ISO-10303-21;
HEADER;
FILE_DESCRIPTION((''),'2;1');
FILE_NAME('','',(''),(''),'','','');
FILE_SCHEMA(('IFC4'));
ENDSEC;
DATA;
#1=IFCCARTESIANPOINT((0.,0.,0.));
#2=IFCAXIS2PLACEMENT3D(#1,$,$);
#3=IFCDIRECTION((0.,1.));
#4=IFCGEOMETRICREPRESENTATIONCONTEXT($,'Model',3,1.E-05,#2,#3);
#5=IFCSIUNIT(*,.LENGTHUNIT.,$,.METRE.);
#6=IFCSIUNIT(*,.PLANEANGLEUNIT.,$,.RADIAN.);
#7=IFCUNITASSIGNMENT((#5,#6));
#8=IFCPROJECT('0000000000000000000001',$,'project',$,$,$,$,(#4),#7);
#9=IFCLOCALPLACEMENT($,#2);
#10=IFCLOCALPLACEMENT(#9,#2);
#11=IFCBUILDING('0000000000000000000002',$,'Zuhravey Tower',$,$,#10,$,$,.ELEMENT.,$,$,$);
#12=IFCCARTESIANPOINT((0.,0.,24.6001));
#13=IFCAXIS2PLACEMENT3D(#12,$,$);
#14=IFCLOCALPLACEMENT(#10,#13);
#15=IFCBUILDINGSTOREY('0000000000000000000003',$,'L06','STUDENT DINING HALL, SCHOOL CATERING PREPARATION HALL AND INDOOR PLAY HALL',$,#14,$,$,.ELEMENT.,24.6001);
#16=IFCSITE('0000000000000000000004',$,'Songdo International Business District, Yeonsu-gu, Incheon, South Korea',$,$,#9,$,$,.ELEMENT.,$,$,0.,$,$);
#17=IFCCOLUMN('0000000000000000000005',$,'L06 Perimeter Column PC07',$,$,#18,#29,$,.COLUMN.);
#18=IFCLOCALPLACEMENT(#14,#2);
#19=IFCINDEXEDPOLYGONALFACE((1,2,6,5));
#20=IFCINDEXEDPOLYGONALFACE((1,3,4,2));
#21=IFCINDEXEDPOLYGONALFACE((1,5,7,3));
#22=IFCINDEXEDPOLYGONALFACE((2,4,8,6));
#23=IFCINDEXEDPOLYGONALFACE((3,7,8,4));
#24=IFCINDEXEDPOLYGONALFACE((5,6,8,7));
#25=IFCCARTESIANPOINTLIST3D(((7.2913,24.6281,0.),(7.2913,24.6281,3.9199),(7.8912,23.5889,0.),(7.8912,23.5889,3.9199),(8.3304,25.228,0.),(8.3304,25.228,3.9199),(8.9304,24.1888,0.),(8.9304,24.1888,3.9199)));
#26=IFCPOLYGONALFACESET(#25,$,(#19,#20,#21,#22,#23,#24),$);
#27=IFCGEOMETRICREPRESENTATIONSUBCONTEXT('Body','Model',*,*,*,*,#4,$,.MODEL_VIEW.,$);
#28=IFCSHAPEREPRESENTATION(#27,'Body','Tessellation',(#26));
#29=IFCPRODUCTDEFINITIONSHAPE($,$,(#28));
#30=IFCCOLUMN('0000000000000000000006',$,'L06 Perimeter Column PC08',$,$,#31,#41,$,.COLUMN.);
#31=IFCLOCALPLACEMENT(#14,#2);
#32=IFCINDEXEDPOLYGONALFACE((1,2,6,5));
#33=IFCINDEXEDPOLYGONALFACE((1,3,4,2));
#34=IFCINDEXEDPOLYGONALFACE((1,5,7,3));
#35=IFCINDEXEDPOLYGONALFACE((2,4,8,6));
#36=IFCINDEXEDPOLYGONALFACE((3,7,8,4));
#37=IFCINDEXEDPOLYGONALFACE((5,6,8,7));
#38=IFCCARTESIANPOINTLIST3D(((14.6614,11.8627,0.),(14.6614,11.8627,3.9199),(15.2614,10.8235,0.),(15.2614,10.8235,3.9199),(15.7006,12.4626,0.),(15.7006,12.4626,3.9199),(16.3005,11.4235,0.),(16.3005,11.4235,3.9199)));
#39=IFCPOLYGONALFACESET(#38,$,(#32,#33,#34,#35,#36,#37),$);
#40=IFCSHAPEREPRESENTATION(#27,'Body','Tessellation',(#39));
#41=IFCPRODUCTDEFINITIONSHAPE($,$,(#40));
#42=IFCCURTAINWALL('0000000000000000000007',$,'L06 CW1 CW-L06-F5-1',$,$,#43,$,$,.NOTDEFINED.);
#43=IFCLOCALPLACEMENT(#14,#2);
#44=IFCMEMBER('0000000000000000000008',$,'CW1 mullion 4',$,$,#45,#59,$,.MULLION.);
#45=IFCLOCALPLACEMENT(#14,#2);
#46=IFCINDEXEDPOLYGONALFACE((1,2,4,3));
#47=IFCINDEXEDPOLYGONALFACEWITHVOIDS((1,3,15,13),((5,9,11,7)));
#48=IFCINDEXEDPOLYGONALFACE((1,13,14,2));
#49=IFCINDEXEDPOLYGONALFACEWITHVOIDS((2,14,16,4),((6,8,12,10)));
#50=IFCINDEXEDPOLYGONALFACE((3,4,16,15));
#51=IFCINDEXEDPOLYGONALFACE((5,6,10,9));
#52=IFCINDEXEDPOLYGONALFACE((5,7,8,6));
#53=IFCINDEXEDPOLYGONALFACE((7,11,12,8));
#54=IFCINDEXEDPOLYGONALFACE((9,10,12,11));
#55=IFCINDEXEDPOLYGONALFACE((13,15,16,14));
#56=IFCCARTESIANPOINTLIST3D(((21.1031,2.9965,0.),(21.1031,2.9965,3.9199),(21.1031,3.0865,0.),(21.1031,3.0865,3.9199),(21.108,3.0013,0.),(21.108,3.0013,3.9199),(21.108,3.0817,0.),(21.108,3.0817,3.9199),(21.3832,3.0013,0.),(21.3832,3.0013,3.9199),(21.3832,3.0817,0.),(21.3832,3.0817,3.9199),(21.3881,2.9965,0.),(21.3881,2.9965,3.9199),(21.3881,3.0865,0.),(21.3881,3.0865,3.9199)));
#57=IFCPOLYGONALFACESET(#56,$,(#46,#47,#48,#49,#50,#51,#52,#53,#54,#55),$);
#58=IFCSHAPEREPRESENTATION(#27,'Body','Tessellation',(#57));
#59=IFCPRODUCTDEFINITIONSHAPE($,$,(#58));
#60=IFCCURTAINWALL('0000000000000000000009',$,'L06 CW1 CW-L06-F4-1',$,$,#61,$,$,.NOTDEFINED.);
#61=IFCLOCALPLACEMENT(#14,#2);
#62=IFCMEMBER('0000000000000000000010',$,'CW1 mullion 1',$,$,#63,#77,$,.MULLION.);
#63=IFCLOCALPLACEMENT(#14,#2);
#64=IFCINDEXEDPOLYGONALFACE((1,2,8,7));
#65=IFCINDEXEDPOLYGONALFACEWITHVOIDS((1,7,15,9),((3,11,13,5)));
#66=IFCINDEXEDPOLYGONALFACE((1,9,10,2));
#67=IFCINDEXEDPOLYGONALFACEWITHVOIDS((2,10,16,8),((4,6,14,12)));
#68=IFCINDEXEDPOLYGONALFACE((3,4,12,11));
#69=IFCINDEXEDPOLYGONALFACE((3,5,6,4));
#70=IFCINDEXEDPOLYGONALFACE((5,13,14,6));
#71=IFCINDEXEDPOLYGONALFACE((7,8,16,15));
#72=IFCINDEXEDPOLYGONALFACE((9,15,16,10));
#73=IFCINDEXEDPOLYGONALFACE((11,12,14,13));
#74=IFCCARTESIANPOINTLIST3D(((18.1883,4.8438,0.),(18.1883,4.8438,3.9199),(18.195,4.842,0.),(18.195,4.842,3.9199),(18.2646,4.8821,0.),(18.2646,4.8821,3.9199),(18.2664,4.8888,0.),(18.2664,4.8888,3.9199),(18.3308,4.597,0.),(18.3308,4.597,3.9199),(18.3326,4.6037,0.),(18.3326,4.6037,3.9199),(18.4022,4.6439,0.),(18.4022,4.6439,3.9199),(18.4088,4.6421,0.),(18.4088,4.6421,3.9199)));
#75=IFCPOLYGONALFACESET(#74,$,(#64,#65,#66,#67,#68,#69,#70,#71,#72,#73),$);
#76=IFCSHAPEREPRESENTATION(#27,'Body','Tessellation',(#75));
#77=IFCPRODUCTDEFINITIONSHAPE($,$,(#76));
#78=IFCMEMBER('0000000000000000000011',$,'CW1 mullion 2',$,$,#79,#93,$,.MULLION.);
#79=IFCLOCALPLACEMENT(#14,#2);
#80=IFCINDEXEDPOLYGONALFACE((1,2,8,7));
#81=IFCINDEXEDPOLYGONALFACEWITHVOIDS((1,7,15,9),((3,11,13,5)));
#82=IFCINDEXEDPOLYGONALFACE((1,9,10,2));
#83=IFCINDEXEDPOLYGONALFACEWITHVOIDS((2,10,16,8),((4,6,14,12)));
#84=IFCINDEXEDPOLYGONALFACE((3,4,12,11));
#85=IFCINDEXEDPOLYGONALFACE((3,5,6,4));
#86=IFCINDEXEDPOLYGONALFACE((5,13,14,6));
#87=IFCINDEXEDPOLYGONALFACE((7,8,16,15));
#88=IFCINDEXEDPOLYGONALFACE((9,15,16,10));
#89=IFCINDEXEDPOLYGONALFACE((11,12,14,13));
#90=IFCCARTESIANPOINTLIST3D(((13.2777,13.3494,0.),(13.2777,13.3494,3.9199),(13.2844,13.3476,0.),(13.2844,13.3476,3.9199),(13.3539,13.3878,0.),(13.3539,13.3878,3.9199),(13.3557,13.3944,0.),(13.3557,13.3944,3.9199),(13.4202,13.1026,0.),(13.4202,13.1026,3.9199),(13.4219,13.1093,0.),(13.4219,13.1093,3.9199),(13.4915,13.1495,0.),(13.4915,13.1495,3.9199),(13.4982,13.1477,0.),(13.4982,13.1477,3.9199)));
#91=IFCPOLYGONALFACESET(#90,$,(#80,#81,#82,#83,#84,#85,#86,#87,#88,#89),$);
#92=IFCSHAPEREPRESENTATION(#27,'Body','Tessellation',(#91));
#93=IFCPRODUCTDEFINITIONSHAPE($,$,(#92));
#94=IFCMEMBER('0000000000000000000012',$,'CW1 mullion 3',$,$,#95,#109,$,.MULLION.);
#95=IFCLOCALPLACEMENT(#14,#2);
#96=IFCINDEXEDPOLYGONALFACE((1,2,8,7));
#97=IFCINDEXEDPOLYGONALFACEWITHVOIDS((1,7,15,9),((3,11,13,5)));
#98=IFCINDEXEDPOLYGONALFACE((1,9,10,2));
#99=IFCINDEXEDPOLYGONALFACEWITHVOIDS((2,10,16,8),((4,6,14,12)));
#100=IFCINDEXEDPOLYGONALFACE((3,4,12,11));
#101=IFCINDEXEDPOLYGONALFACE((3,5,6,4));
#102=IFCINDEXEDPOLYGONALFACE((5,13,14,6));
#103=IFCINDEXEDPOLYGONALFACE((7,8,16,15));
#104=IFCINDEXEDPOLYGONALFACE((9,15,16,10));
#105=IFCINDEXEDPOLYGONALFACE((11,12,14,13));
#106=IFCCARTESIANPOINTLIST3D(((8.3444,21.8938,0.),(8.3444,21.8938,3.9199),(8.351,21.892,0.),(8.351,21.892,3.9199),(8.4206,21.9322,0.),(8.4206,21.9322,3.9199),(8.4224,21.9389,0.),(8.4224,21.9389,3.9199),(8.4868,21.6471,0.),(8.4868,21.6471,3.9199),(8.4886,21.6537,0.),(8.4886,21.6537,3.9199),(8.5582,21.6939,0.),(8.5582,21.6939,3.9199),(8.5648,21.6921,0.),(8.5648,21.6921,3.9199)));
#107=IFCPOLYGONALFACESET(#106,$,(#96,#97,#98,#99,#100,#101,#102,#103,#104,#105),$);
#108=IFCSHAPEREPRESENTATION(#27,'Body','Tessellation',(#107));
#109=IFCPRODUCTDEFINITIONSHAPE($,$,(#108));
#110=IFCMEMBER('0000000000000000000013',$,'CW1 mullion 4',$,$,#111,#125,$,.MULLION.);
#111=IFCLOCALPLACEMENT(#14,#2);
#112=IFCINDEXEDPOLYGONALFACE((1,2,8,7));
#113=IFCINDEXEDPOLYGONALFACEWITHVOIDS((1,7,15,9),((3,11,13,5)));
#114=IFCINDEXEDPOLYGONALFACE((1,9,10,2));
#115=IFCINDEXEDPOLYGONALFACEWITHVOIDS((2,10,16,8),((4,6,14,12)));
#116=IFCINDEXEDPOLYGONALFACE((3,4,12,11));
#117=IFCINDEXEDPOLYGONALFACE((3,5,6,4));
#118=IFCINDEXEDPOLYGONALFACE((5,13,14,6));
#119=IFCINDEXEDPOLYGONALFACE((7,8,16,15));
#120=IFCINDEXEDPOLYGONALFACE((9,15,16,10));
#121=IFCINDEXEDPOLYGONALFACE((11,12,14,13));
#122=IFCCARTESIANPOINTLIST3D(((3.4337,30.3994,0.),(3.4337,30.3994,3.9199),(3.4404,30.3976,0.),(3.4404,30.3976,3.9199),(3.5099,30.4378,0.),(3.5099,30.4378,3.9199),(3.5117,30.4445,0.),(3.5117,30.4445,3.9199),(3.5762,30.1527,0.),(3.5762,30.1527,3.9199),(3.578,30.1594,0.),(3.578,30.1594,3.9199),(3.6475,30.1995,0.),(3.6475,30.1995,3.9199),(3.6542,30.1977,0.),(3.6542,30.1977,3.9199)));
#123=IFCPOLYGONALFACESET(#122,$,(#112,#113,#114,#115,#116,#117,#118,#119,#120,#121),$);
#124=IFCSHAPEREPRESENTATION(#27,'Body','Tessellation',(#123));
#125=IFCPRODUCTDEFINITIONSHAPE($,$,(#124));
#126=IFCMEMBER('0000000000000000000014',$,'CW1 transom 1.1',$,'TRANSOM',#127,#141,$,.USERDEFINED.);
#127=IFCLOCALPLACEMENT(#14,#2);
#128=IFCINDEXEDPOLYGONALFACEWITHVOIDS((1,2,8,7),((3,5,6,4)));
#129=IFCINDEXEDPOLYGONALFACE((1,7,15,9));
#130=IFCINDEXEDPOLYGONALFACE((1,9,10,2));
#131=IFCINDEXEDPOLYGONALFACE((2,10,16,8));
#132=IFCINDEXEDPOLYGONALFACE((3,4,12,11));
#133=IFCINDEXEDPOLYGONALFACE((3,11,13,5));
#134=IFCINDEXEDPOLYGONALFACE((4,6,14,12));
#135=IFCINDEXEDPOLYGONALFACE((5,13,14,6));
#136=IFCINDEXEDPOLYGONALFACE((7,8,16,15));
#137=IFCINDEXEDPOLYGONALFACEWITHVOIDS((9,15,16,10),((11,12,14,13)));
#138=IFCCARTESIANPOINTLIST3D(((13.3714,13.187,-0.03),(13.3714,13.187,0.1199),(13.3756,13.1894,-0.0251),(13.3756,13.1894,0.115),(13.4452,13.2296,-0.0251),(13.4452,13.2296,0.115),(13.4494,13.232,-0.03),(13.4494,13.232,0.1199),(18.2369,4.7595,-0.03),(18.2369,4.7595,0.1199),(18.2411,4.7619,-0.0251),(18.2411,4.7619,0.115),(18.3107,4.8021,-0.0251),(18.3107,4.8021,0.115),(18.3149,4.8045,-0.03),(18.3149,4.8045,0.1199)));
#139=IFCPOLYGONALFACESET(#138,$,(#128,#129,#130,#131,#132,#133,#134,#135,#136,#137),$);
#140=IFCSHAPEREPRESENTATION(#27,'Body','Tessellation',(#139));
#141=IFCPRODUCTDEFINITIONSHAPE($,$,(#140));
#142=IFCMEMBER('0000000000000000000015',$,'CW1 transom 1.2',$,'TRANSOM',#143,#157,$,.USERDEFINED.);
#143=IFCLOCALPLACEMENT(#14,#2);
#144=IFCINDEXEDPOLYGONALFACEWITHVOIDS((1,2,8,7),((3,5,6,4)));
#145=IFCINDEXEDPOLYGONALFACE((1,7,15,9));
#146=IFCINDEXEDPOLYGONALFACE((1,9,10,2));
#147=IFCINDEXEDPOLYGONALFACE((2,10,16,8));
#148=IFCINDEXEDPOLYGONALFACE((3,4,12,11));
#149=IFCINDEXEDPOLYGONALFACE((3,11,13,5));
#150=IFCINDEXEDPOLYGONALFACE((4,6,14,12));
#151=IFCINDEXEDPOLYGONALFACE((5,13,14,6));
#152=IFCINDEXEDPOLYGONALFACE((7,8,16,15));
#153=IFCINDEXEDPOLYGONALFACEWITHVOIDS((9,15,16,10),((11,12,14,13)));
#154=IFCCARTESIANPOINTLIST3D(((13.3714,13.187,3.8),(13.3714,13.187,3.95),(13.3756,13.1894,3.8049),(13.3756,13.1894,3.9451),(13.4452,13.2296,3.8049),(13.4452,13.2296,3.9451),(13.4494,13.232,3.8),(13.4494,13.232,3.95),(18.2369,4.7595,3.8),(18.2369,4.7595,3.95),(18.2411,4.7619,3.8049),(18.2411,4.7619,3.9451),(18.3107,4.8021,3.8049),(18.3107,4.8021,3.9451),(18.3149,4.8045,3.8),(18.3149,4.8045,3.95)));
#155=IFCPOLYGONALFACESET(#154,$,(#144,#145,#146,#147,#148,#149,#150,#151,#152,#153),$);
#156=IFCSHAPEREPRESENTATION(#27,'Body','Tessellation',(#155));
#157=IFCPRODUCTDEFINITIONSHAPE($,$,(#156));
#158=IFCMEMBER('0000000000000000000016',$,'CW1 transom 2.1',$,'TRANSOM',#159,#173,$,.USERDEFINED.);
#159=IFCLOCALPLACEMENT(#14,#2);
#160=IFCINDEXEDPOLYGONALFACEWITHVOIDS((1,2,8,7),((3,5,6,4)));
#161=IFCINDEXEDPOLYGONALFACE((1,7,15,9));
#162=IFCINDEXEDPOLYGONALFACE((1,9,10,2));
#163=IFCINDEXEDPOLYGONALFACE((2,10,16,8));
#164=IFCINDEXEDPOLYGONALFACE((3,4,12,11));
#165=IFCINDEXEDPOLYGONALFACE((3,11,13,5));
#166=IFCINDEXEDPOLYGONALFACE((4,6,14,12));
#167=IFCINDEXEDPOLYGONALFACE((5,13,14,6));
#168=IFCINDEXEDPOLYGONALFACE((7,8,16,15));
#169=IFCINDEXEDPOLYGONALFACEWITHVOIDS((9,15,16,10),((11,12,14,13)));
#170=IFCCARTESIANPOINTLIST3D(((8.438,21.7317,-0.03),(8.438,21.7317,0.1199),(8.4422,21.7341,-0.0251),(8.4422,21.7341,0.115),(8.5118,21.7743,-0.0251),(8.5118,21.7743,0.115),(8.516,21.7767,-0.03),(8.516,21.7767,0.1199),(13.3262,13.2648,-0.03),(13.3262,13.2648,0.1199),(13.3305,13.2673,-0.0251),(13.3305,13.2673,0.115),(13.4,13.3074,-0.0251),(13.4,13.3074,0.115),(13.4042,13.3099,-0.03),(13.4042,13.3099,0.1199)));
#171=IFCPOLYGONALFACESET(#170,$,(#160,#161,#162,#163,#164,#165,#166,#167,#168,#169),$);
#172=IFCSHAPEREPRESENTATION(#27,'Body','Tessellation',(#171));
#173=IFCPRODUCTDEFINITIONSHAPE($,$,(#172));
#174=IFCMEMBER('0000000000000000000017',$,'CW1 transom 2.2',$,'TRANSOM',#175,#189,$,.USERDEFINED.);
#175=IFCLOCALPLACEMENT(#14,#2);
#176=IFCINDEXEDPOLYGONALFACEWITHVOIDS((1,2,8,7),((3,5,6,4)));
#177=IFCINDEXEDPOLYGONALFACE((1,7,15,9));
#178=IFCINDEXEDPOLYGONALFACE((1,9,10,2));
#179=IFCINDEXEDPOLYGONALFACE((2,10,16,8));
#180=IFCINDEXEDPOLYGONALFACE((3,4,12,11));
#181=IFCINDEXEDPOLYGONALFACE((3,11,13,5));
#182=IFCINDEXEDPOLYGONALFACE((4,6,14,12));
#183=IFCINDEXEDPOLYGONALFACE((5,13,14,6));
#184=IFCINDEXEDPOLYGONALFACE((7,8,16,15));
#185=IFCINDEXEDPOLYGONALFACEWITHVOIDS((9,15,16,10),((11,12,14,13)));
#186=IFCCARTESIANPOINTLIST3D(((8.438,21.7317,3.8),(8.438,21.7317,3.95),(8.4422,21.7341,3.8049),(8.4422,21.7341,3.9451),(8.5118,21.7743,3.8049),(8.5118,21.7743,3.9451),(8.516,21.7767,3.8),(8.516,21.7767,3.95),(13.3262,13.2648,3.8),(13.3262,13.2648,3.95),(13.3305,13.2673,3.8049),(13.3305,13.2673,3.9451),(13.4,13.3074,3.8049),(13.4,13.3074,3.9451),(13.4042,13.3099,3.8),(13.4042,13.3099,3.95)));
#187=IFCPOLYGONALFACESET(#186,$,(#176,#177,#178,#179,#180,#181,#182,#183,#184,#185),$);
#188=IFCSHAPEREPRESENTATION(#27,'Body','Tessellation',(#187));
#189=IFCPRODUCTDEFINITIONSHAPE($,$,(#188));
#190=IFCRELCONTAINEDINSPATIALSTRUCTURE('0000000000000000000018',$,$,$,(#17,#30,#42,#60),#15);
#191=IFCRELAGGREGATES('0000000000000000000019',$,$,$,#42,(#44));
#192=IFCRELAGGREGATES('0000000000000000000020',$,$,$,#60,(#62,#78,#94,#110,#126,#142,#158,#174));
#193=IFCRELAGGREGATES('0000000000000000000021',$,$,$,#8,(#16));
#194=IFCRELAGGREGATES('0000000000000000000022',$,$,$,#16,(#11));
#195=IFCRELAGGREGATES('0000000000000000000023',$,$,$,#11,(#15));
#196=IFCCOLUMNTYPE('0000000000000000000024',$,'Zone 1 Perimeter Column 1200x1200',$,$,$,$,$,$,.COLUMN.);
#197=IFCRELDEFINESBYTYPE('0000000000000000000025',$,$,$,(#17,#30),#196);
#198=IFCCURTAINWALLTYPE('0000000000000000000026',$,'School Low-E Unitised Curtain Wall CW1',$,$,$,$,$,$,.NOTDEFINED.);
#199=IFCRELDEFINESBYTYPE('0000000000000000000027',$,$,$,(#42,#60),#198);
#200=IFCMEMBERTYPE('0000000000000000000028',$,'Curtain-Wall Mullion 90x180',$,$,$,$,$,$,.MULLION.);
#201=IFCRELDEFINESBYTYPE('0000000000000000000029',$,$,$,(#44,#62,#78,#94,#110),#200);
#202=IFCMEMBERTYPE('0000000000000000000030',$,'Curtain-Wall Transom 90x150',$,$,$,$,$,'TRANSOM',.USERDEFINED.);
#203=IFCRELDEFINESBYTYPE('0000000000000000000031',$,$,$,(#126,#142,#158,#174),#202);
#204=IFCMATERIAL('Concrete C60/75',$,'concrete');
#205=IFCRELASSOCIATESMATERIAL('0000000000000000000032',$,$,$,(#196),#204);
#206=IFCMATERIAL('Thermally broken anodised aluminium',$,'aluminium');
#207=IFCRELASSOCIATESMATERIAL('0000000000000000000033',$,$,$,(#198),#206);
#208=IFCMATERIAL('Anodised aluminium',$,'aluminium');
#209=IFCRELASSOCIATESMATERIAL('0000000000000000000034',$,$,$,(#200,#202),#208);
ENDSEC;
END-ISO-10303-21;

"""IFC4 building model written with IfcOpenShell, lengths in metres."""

from ifc_helpers import new_model, si_unit, direction, frame, origin, origin_2d, place, context, subcontext, project, spatial, rectangle, hollow_rectangle, extrude, material, material_profile, profile_set, type_object, element, aggregate, save


model = new_model("IFC4")

# Units and contexts
model_context = context("Model", 3, precision=1e-05, world=origin(), true_north=direction((0.0, 1.0)))
body_context = subcontext(model_context, "Body", "Model", "MODEL_VIEW")
ifc_project = project(units=[si_unit("LENGTHUNIT", "METRE"), si_unit("PLANEANGLEUNIT", "RADIAN")], contexts=[model_context])

# Site, building, storey
site_placement = place(None, origin())
site = spatial("IfcSite", under=ifc_project, at=site_placement, Name="Songdo International Business District, Yeonsu-gu, Incheon, South Korea", CompositionType="ELEMENT", RefElevation=0.0)
building_placement = place(site_placement, origin())
building = spatial("IfcBuilding", under=site, at=building_placement, Name="Zuhravey Tower", CompositionType="ELEMENT")
storey_placement = place(building_placement, frame((0.0, 0.0, 24.6001)))
storey = spatial("IfcBuildingStorey", under=building, at=storey_placement, Name="L06", Description="STUDENT DINING HALL, SCHOOL CATERING PREPARATION HALL AND INDOOR PLAY HALL", CompositionType="ELEMENT", Elevation=24.6001)

# Columns
ifc_material_1 = material(Name="Concrete C60/75", Category="concrete")
ifc_material_profile_1 = material_profile(ifc_material_1, rectangle(XDim=1.2, YDim=1.2, at=origin_2d()), Name="RC-1200x1200")
ifc_profile_set_1 = profile_set([ifc_material_profile_1], Name="Concrete C60/75")
column_type = type_object("IfcColumnType", Name="Zone 1 Perimeter Column 1200x1200", PredefinedType="COLUMN", material=ifc_profile_set_1)
for number, where, z_axis, x_axis, name in (
    (1, (8.1108, 24.4084, 0.0), (0.0, 0.0, 1.0), (0.5, -0.866025, 0.0), "L06 Perimeter Column PC07"),
    (2, (15.481, 11.6431, 0.0), (0.0, 0.0, 1.0), (0.5, -0.866025, 0.0), "L06 Perimeter Column PC08"),
):
    element("IfcColumn", number, at=place(storey_placement, frame(where, z_axis=z_axis, x_axis=x_axis)), inside=storey, type_object=column_type, Name=name, PredefinedType="COLUMN", context=body_context, shape_type="SweptSolid", body=[
        extrude(rectangle(XDim=1.2, YDim=1.2, at=origin_2d()), origin(), (0.0, 0.0, 1.0), 3.9199),
    ])

# Curtain wall, member
ifc_material_2 = material(Name="Thermally broken anodised aluminium", Category="aluminium")
curtain_wall_type = type_object("IfcCurtainWallType", Name="School Low-E Unitised Curtain Wall CW1", PredefinedType="NOTDEFINED", material=ifc_material_2)
curtain_wall_1_placement = place(storey_placement, origin())
curtain_wall_1 = element("IfcCurtainWall", 3, at=curtain_wall_1_placement, inside=storey, type_object=curtain_wall_type, Name="L06 CW1 CW-L06-F5-1", PredefinedType="NOTDEFINED")
ifc_material_3 = material(Name="Anodised aluminium", Category="aluminium")
ifc_material_profile_2 = material_profile(ifc_material_3, hollow_rectangle(XDim=0.0901, YDim=0.2849, WallThickness=0.0049, at=origin_2d()), Name="ALU-RHS-90x285x5")
ifc_profile_set_2 = profile_set([ifc_material_profile_2], Name="Anodised aluminium")
member_type_1 = type_object("IfcMemberType", Name="Curtain-Wall Mullion 90x180", PredefinedType="MULLION", material=ifc_profile_set_2)
member_1_placement = place(storey_placement, frame((21.2456, 3.0415, 0.0), z_axis=(0.0, 0.0, 1.0), x_axis=(0.0, -1.0, 0.0)))
member_1 = element("IfcMember", 4, at=member_1_placement, type_object=member_type_1, Name="CW1 mullion 4", PredefinedType="MULLION", context=body_context, shape_type="SweptSolid", body=[
    extrude(hollow_rectangle(XDim=0.0901, YDim=0.2849, WallThickness=0.0049, at=origin_2d()), origin(), (0.0, 0.0, 1.0), 3.9199),
])
aggregate(curtain_wall_1, [member_1])

# Curtain wall, members
curtain_wall_2_placement = place(storey_placement, origin())
curtain_wall_2 = element("IfcCurtainWall", 5, at=curtain_wall_2_placement, inside=storey, type_object=curtain_wall_type, Name="L06 CW1 CW-L06-F4-1", PredefinedType="NOTDEFINED")
member_2_placement = place(storey_placement, frame((18.2986, 4.7429, 0.0), z_axis=(0.0, 0.0, 1.0), x_axis=(-0.866026, -0.5, 0.0)))
member_2 = element("IfcMember", 6, at=member_2_placement, type_object=member_type_1, Name="CW1 mullion 1", PredefinedType="MULLION", context=body_context, shape_type="SweptSolid", body=[
    extrude(hollow_rectangle(XDim=0.0901, YDim=0.2849, WallThickness=0.0049, at=origin_2d()), origin(), (0.0, 0.0, 1.0), 3.9199),
])
member_3_placement = place(storey_placement, frame((13.3879, 13.2485, 0.0), z_axis=(0.0, 0.0, 1.0), x_axis=(-0.866026, -0.5, 0.0)))
member_3 = element("IfcMember", 7, at=member_3_placement, type_object=member_type_1, Name="CW1 mullion 2", PredefinedType="MULLION", context=body_context, shape_type="SweptSolid", body=[
    extrude(hollow_rectangle(XDim=0.0901, YDim=0.2849, WallThickness=0.0049, at=origin_2d()), origin(), (0.0, 0.0, 1.0), 3.9199),
])
member_4_placement = place(storey_placement, frame((8.4546, 21.793, 0.0), z_axis=(0.0, 0.0, 1.0), x_axis=(-0.866026, -0.5, 0.0)))
member_4 = element("IfcMember", 8, at=member_4_placement, type_object=member_type_1, Name="CW1 mullion 3", PredefinedType="MULLION", context=body_context, shape_type="SweptSolid", body=[
    extrude(hollow_rectangle(XDim=0.0901, YDim=0.2849, WallThickness=0.0049, at=origin_2d()), origin(), (0.0, 0.0, 1.0), 3.9199),
])
member_5_placement = place(storey_placement, frame((3.5439, 30.2986, 0.0), z_axis=(0.0, 0.0, 1.0), x_axis=(-0.866026, -0.5, 0.0)))
member_5 = element("IfcMember", 9, at=member_5_placement, type_object=member_type_1, Name="CW1 mullion 4", PredefinedType="MULLION", context=body_context, shape_type="SweptSolid", body=[
    extrude(hollow_rectangle(XDim=0.0901, YDim=0.2849, WallThickness=0.0049, at=origin_2d()), origin(), (0.0, 0.0, 1.0), 3.9199),
])
ifc_material_profile_3 = material_profile(ifc_material_3, hollow_rectangle(XDim=0.0901, YDim=0.1499, WallThickness=0.0049, at=origin_2d()), Name="ALU-RHS-90x150x5")
ifc_profile_set_3 = profile_set([ifc_material_profile_3], Name="Anodised aluminium")
member_type_2 = type_object("IfcMemberType", Name="Curtain-Wall Transom 90x150", ElementType="TRANSOM", PredefinedType="USERDEFINED", material=ifc_profile_set_3)
member_6_placement = place(storey_placement, frame((18.2759, 4.782, 0.0449), z_axis=(-0.49999, 0.866031, 0.0), x_axis=(-0.866031, -0.49999, 0.0)))
member_6 = element("IfcMember", 10, at=member_6_placement, type_object=member_type_2, Name="CW1 transom 1.1", ObjectType="TRANSOM", PredefinedType="USERDEFINED", context=body_context, shape_type="SweptSolid", body=[
    extrude(hollow_rectangle(XDim=0.0901, YDim=0.1499, WallThickness=0.0049, at=origin_2d()), origin(), (0.0, 0.0, 1.0), 9.7312),
])
member_7_placement = place(storey_placement, frame((18.2759, 4.782, 3.875), z_axis=(-0.49999, 0.866031, 0.0), x_axis=(-0.866031, -0.49999, 0.0)))
member_7 = element("IfcMember", 11, at=member_7_placement, type_object=member_type_2, Name="CW1 transom 1.2", ObjectType="TRANSOM", PredefinedType="USERDEFINED", context=body_context, shape_type="SweptSolid", body=[
    extrude(hollow_rectangle(XDim=0.0901, YDim=0.1499, WallThickness=0.0049, at=origin_2d()), origin(), (0.0, 0.0, 1.0), 9.7312),
])
member_8_placement = place(storey_placement, frame((13.3652, 13.2874, 0.0449), z_axis=(-0.49999, 0.866031, 0.0), x_axis=(-0.866031, -0.49999, 0.0)))
member_8 = element("IfcMember", 12, at=member_8_placement, type_object=member_type_2, Name="CW1 transom 2.1", ObjectType="TRANSOM", PredefinedType="USERDEFINED", context=body_context, shape_type="SweptSolid", body=[
    extrude(hollow_rectangle(XDim=0.0901, YDim=0.1499, WallThickness=0.0049, at=origin_2d()), origin(), (0.0, 0.0, 1.0), 9.7766),
])
member_9_placement = place(storey_placement, frame((13.3652, 13.2874, 3.875), z_axis=(-0.49999, 0.866031, 0.0), x_axis=(-0.866031, -0.49999, 0.0)))
member_9 = element("IfcMember", 13, at=member_9_placement, type_object=member_type_2, Name="CW1 transom 2.2", ObjectType="TRANSOM", PredefinedType="USERDEFINED", context=body_context, shape_type="SweptSolid", body=[
    extrude(hollow_rectangle(XDim=0.0901, YDim=0.1499, WallThickness=0.0049, at=origin_2d()), origin(), (0.0, 0.0, 1.0), 9.7766),
])

aggregate(curtain_wall_2, [member_2, member_3, member_4, member_5, member_6, member_7, member_8, member_9])

save(model, "model.ifc")
